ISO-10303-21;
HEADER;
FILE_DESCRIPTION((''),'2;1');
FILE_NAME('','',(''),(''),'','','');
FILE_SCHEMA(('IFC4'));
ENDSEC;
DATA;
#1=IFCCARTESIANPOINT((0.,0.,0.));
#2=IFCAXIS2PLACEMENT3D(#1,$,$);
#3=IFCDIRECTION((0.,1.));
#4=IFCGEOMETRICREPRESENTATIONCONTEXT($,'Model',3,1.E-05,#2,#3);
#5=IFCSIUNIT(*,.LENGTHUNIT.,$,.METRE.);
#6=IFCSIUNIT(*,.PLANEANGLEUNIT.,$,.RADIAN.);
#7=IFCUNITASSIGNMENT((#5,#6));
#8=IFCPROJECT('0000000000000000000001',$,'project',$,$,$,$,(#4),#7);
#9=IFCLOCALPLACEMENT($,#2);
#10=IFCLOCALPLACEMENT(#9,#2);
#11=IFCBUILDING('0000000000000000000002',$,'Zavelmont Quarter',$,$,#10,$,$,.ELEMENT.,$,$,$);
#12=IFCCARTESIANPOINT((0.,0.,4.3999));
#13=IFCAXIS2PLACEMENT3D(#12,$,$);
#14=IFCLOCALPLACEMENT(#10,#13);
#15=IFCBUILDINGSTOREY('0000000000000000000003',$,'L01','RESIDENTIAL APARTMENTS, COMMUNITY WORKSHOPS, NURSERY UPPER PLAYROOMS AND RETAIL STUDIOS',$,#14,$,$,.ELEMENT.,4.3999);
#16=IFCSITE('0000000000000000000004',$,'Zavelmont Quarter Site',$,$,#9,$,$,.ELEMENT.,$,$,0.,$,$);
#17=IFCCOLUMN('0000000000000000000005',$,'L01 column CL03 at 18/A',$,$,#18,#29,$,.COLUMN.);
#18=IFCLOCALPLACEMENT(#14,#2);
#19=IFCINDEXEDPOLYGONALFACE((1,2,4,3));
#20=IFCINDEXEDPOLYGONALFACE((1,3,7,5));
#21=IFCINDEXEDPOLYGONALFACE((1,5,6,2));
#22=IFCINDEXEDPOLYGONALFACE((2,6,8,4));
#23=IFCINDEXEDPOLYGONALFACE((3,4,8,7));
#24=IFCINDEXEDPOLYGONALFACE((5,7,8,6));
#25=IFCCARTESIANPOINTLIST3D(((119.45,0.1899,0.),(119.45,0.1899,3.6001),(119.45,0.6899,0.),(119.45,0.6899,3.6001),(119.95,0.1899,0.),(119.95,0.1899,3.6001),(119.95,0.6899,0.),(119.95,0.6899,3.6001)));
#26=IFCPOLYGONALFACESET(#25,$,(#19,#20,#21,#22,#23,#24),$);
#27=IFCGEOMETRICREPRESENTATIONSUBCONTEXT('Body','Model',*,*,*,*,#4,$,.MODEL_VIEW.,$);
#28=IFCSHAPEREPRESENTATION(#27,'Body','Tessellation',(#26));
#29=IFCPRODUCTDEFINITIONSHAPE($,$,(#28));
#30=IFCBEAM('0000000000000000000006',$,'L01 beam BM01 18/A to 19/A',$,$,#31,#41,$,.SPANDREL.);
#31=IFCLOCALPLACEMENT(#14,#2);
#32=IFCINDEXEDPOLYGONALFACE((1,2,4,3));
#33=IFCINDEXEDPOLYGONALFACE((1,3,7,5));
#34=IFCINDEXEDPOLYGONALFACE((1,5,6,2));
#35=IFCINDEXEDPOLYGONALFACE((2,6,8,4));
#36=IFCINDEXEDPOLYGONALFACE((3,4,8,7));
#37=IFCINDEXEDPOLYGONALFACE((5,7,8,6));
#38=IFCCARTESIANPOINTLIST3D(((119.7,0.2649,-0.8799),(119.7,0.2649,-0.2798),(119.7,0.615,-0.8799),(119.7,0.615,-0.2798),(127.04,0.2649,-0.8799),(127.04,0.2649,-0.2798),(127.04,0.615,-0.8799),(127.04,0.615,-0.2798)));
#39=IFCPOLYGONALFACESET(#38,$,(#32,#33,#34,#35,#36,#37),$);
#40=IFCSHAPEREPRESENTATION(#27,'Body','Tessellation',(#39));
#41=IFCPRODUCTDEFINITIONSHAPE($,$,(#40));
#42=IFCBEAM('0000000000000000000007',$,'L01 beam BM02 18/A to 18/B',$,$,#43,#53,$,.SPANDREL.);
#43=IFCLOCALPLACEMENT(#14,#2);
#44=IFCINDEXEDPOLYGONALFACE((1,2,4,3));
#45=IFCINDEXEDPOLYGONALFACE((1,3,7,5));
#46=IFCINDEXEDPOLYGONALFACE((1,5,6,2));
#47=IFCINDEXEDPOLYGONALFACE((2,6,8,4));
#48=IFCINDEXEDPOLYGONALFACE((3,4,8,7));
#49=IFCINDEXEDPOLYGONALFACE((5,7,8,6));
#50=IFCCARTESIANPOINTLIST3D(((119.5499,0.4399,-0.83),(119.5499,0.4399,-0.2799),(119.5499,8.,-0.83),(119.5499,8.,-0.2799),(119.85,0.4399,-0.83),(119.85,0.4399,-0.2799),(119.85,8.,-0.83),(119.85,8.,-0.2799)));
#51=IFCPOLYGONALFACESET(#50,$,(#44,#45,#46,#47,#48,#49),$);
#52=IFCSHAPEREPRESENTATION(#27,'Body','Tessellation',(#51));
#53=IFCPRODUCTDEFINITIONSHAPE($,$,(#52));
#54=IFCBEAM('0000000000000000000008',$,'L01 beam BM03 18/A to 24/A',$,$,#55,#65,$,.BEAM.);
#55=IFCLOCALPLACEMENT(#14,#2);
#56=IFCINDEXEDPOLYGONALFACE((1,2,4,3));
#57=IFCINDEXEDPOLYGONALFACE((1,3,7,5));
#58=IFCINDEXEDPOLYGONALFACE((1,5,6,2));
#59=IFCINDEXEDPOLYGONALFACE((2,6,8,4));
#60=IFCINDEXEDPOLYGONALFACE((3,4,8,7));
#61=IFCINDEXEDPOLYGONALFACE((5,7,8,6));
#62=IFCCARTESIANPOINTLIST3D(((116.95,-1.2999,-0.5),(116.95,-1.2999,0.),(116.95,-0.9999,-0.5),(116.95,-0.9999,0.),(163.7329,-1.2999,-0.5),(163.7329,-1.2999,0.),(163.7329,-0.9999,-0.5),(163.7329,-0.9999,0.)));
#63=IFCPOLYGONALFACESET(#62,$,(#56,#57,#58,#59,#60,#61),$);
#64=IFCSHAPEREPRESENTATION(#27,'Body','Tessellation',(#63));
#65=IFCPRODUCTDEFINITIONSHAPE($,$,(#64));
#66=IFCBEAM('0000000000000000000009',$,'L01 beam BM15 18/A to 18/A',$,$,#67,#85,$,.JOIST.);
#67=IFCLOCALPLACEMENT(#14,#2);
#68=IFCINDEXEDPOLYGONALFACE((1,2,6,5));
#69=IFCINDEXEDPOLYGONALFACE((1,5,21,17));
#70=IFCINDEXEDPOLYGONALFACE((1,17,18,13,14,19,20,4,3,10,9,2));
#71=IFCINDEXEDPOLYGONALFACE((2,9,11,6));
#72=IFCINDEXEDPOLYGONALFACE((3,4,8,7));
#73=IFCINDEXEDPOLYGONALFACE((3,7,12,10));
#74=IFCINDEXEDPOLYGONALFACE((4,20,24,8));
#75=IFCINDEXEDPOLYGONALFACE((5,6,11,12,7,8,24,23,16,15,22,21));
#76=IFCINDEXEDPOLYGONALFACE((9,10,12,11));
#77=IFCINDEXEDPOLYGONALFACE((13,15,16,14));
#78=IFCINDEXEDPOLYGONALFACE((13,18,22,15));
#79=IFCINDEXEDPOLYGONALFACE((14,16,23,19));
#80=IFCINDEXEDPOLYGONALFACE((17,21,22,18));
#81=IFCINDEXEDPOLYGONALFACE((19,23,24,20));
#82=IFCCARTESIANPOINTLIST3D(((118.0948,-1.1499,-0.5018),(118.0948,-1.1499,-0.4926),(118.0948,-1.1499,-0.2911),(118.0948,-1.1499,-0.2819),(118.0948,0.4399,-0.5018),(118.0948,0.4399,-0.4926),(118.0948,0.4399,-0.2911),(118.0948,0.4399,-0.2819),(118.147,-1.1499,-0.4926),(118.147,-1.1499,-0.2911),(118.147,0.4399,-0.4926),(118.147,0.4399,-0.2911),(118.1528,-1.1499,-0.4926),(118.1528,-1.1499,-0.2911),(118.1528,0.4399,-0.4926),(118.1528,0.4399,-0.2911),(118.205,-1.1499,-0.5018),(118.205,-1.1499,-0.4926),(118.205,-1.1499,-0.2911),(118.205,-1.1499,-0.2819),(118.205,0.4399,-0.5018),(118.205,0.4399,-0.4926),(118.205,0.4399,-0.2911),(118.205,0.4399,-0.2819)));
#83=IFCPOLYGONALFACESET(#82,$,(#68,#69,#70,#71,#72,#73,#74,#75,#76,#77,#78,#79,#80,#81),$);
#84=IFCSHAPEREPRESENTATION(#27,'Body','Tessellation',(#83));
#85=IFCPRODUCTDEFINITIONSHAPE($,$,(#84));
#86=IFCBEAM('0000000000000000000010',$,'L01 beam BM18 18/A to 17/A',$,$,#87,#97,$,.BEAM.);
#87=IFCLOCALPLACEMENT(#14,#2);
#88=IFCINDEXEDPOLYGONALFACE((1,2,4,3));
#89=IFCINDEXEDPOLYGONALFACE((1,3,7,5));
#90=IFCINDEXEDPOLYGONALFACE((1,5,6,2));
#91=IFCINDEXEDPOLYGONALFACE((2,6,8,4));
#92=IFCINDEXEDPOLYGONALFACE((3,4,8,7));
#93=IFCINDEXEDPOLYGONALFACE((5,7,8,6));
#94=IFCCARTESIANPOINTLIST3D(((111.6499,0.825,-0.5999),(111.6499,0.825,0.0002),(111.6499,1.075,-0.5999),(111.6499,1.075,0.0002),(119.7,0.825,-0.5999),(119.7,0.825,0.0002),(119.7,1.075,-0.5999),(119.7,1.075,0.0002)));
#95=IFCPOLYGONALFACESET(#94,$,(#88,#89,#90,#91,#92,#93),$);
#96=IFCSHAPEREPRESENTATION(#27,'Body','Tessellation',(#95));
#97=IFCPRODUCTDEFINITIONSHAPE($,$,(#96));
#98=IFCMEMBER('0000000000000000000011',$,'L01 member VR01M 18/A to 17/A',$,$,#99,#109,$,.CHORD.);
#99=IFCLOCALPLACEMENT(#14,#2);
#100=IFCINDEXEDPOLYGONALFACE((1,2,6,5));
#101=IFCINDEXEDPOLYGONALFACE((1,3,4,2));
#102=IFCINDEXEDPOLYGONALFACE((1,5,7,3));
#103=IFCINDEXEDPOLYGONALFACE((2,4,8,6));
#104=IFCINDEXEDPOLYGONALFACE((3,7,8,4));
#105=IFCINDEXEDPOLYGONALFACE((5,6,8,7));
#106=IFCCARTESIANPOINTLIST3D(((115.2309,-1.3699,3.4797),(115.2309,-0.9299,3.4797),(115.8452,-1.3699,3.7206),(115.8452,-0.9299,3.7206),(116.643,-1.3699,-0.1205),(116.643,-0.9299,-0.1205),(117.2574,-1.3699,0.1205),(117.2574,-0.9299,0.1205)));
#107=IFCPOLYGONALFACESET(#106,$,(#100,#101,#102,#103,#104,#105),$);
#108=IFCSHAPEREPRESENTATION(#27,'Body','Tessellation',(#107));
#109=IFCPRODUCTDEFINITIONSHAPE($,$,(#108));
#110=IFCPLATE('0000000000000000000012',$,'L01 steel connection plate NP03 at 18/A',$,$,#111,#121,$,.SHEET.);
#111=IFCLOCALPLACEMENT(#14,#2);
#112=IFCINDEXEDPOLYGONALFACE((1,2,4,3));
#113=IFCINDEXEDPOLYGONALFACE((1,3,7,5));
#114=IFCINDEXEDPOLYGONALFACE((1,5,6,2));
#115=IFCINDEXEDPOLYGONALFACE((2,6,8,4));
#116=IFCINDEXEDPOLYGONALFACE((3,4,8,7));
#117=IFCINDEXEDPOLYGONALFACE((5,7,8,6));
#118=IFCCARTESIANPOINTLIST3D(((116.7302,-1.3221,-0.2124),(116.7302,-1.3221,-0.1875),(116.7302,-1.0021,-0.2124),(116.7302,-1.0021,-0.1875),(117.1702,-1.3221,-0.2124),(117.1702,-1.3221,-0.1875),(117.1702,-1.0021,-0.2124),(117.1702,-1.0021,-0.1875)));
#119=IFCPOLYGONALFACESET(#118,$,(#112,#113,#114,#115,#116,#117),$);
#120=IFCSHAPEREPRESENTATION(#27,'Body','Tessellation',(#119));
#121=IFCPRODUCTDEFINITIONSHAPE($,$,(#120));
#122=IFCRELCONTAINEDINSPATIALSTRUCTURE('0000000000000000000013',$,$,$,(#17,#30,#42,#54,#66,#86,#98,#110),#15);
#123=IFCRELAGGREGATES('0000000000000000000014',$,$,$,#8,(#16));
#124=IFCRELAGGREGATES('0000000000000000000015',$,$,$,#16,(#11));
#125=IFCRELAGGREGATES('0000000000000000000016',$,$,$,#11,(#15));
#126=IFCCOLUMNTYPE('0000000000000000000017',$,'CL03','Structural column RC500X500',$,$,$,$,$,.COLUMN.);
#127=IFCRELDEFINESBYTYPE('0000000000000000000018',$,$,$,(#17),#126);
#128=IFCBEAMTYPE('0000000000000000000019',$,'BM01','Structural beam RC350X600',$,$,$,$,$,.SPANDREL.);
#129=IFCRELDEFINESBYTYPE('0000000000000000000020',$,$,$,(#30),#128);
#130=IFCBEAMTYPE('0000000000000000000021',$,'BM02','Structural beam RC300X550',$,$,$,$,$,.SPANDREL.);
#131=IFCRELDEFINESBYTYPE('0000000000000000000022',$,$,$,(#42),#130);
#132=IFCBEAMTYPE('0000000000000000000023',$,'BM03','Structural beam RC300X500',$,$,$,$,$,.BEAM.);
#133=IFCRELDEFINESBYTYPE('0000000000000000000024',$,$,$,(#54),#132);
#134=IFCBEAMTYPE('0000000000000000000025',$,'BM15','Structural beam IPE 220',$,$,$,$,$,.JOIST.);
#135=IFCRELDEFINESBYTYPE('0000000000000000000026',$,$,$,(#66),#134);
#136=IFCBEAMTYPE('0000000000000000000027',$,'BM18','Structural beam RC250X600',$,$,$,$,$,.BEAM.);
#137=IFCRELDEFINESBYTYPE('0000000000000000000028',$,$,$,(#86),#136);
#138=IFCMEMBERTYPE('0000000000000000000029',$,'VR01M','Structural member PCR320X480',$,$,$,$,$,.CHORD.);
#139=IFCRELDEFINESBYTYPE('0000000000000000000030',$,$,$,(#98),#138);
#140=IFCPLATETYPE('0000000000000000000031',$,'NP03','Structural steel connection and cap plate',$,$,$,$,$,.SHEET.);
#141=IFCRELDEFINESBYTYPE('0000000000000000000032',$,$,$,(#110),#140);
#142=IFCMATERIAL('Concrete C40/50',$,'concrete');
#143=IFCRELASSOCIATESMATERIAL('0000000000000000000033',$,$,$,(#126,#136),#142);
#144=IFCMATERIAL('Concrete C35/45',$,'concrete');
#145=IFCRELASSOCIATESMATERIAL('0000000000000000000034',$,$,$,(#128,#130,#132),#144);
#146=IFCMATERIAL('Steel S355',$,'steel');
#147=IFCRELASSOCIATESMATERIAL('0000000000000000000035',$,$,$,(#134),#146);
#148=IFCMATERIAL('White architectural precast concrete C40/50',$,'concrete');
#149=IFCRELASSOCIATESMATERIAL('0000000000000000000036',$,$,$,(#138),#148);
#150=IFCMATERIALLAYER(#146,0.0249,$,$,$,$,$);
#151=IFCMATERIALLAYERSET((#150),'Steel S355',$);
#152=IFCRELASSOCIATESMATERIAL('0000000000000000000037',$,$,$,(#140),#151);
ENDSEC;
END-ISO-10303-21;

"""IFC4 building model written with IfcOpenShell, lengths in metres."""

from ifc_helpers import new_model, si_unit, direction, frame, origin, origin_2d, place, context, subcontext, project, spatial, rectangle, i_section, extrude, material, layer, layer_set, material_profile, profile_set, type_object, element, save


model = new_model("IFC4")

# Units and contexts
model_context = context("Model", 3, precision=1e-05, world=origin(), true_north=direction((0.0, 1.0)))
body_context = subcontext(model_context, "Body", "Model", "MODEL_VIEW")
ifc_project = project(units=[si_unit("LENGTHUNIT", "METRE"), si_unit("PLANEANGLEUNIT", "RADIAN")], contexts=[model_context])

# Site, building, storey
site_placement = place(None, origin())
site = spatial("IfcSite", under=ifc_project, at=site_placement, Name="Zavelmont Quarter Site", CompositionType="ELEMENT", RefElevation=0.0)
building_placement = place(site_placement, origin())
building = spatial("IfcBuilding", under=site, at=building_placement, Name="Zavelmont Quarter", CompositionType="ELEMENT")
storey_placement = place(building_placement, frame((0.0, 0.0, 4.3999)))
storey = spatial("IfcBuildingStorey", under=building, at=storey_placement, Name="L01", Description="RESIDENTIAL APARTMENTS, COMMUNITY WORKSHOPS, NURSERY UPPER PLAYROOMS AND RETAIL STUDIOS", CompositionType="ELEMENT", Elevation=4.3999)

# Column
ifc_material_1 = material(Name="Concrete C40/50", Category="concrete")
ifc_material_profile_1 = material_profile(ifc_material_1, rectangle(XDim=0.5, YDim=0.5, at=origin_2d()), Name="RC500X500")
ifc_profile_set_1 = profile_set([ifc_material_profile_1], Name="Concrete C40/50")
column_type = type_object("IfcColumnType", Name="CL03", Description="Structural column RC500X500", PredefinedType="COLUMN", material=ifc_profile_set_1)
column_placement = place(storey_placement, frame((119.7, 0.4399, 0.0), z_axis=(0.0, 0.0, 1.0), x_axis=(1.0, 0.0, 0.0)))
element("IfcColumn", 1, at=column_placement, inside=storey, type_object=column_type, Name="L01 column CL03 at 18/A", PredefinedType="COLUMN", context=body_context, shape_type="SweptSolid", body=[
    extrude(rectangle(XDim=0.5, YDim=0.5, at=origin_2d()), origin(), (0.0, 0.0, 1.0), 3.6001),
])

# Beams
ifc_material_2 = material(Name="Concrete C35/45", Category="concrete")
ifc_material_profile_2 = material_profile(ifc_material_2, rectangle(XDim=0.3501, YDim=0.6001, at=origin_2d()), Name="RC350X600")
ifc_profile_set_2 = profile_set([ifc_material_profile_2], Name="Concrete C35/45")
beam_type_1 = type_object("IfcBeamType", Name="BM01", Description="Structural beam RC350X600", PredefinedType="SPANDREL", material=ifc_profile_set_2)
beam_1_placement = place(storey_placement, frame((119.7, 0.4399, -0.5798), z_axis=(1.0, 0.0, 0.0), x_axis=(0.0, 1.0, 0.0)))
element("IfcBeam", 2, at=beam_1_placement, inside=storey, type_object=beam_type_1, Name="L01 beam BM01 18/A to 19/A", PredefinedType="SPANDREL", context=body_context, shape_type="SweptSolid", body=[
    extrude(rectangle(XDim=0.3501, YDim=0.6001, at=origin_2d()), origin(), (0.0, 0.0, 1.0), 7.3401),
])
ifc_material_profile_3 = material_profile(ifc_material_2, rectangle(XDim=0.3, YDim=0.55, at=origin_2d()), Name="RC300X550")
ifc_profile_set_3 = profile_set([ifc_material_profile_3], Name="Concrete C35/45")
beam_type_2 = type_object("IfcBeamType", Name="BM02", Description="Structural beam RC300X550", PredefinedType="SPANDREL", material=ifc_profile_set_3)
beam_2_placement = place(storey_placement, frame((119.7, 0.4399, -0.5549), z_axis=(0.0, 1.0, 0.0), x_axis=(-1.0, 0.0, 0.0)))
element("IfcBeam", 3, at=beam_2_placement, inside=storey, type_object=beam_type_2, Name="L01 beam BM02 18/A to 18/B", PredefinedType="SPANDREL", context=body_context, shape_type="SweptSolid", body=[
    extrude(rectangle(XDim=0.3, YDim=0.55, at=origin_2d()), origin(), (0.0, 0.0, 1.0), 7.5601),
])
ifc_material_profile_4 = material_profile(ifc_material_2, rectangle(XDim=0.3, YDim=0.5, at=origin_2d()), Name="RC300X500")
ifc_profile_set_4 = profile_set([ifc_material_profile_4], Name="Concrete C35/45")
beam_type_3 = type_object("IfcBeamType", Name="BM03", Description="Structural beam RC300X500", PredefinedType="BEAM", material=ifc_profile_set_4)
beam_3_placement = place(storey_placement, frame((116.95, -1.1499, -0.25), z_axis=(1.0, 0.0, 0.0), x_axis=(0.0, 1.0, 0.0)))
element("IfcBeam", 4, at=beam_3_placement, inside=storey, type_object=beam_type_3, Name="L01 beam BM03 18/A to 24/A", PredefinedType="BEAM", context=body_context, shape_type="SweptSolid", body=[
    extrude(rectangle(XDim=0.3, YDim=0.5, at=origin_2d()), origin(), (0.0, 0.0, 1.0), 46.783),
])
ifc_material_3 = material(Name="Steel S355", Category="steel")
ifc_material_profile_5 = material_profile(ifc_material_3, i_section(OverallWidth=0.1101, OverallDepth=0.22, WebThickness=0.0059, FlangeThickness=0.0093, at=origin_2d()), Name="IPE 220")
ifc_profile_set_5 = profile_set([ifc_material_profile_5], Name="Steel S355")
beam_type_4 = type_object("IfcBeamType", Name="BM15", Description="Structural beam IPE 220", PredefinedType="JOIST", material=ifc_profile_set_5)
beam_4_placement = place(storey_placement, frame((118.1499, 0.4399, -0.3918), z_axis=(0.0, -1.0, 0.0), x_axis=(1.0, 0.0, 0.0)))
element("IfcBeam", 5, at=beam_4_placement, inside=storey, type_object=beam_type_4, Name="L01 beam BM15 18/A to 18/A", PredefinedType="JOIST", context=body_context, shape_type="SweptSolid", body=[
    extrude(i_section(OverallWidth=0.1101, OverallDepth=0.22, WebThickness=0.0059, FlangeThickness=0.0093, at=origin_2d()), origin(), (0.0, 0.0, 1.0), 1.5898),
])
ifc_material_profile_6 = material_profile(ifc_material_1, rectangle(XDim=0.25, YDim=0.6001, at=origin_2d()), Name="RC250X600")
ifc_profile_set_6 = profile_set([ifc_material_profile_6], Name="Concrete C40/50")
beam_type_5 = type_object("IfcBeamType", Name="BM18", Description="Structural beam RC250X600", PredefinedType="BEAM", material=ifc_profile_set_6)
beam_5_placement = place(storey_placement, frame((119.7, 0.95, -0.2998), z_axis=(-1.0, 0.0, 0.0), x_axis=(0.0, -1.0, 0.0)))
element("IfcBeam", 6, at=beam_5_placement, inside=storey, type_object=beam_type_5, Name="L01 beam BM18 18/A to 17/A", PredefinedType="BEAM", context=body_context, shape_type="SweptSolid", body=[
    extrude(rectangle(XDim=0.25, YDim=0.6001, at=origin_2d()), origin(), (0.0, 0.0, 1.0), 8.05),
])

# Member
ifc_material_4 = material(Name="White architectural precast concrete C40/50", Category="concrete")
ifc_material_profile_7 = material_profile(ifc_material_4, rectangle(XDim=0.4399, YDim=0.6599, at=origin_2d()), Name="PCR320X480")
ifc_profile_set_7 = profile_set([ifc_material_profile_7], Name="White architectural precast concrete C40/50")
member_type = type_object("IfcMemberType", Name="VR01M", Description="Structural member PCR320X480", PredefinedType="CHORD", material=ifc_profile_set_7)
member_placement = place(storey_placement, frame((116.9502, -1.1499, 0.0), z_axis=(-0.365156, 0.0, 0.930946), x_axis=(0.0, -1.0, 0.0)))
element("IfcMember", 7, at=member_placement, inside=storey, type_object=member_type, Name="L01 member VR01M 18/A to 17/A", PredefinedType="CHORD", context=body_context, shape_type="SweptSolid", body=[
    extrude(rectangle(XDim=0.4399, YDim=0.6599, at=origin_2d()), origin(), (0.0, 0.0, 1.0), 3.8672),
])

# Plate
ifc_layer_1 = layer(ifc_material_3, 0.0249)
ifc_layer_set_1 = layer_set([ifc_layer_1], Name="Steel S355")
plate_type = type_object("IfcPlateType", Name="NP03", Description="Structural steel connection and cap plate", PredefinedType="SHEET", material=ifc_layer_set_1)
plate_placement = place(storey_placement, frame((116.9502, -1.1621, -0.2124), z_axis=(0.0, 0.0, 1.0), x_axis=(1.0, 0.0, 0.0)))
element("IfcPlate", 8, at=plate_placement, inside=storey, type_object=plate_type, Name="L01 steel connection plate NP03 at 18/A", PredefinedType="SHEET", context=body_context, shape_type="SweptSolid", body=[
    extrude(rectangle(XDim=0.4399, YDim=0.3201, at=origin_2d()), origin(), (0.0, 0.0, 1.0), 0.0249),
])

save(model, "model.ifc")
